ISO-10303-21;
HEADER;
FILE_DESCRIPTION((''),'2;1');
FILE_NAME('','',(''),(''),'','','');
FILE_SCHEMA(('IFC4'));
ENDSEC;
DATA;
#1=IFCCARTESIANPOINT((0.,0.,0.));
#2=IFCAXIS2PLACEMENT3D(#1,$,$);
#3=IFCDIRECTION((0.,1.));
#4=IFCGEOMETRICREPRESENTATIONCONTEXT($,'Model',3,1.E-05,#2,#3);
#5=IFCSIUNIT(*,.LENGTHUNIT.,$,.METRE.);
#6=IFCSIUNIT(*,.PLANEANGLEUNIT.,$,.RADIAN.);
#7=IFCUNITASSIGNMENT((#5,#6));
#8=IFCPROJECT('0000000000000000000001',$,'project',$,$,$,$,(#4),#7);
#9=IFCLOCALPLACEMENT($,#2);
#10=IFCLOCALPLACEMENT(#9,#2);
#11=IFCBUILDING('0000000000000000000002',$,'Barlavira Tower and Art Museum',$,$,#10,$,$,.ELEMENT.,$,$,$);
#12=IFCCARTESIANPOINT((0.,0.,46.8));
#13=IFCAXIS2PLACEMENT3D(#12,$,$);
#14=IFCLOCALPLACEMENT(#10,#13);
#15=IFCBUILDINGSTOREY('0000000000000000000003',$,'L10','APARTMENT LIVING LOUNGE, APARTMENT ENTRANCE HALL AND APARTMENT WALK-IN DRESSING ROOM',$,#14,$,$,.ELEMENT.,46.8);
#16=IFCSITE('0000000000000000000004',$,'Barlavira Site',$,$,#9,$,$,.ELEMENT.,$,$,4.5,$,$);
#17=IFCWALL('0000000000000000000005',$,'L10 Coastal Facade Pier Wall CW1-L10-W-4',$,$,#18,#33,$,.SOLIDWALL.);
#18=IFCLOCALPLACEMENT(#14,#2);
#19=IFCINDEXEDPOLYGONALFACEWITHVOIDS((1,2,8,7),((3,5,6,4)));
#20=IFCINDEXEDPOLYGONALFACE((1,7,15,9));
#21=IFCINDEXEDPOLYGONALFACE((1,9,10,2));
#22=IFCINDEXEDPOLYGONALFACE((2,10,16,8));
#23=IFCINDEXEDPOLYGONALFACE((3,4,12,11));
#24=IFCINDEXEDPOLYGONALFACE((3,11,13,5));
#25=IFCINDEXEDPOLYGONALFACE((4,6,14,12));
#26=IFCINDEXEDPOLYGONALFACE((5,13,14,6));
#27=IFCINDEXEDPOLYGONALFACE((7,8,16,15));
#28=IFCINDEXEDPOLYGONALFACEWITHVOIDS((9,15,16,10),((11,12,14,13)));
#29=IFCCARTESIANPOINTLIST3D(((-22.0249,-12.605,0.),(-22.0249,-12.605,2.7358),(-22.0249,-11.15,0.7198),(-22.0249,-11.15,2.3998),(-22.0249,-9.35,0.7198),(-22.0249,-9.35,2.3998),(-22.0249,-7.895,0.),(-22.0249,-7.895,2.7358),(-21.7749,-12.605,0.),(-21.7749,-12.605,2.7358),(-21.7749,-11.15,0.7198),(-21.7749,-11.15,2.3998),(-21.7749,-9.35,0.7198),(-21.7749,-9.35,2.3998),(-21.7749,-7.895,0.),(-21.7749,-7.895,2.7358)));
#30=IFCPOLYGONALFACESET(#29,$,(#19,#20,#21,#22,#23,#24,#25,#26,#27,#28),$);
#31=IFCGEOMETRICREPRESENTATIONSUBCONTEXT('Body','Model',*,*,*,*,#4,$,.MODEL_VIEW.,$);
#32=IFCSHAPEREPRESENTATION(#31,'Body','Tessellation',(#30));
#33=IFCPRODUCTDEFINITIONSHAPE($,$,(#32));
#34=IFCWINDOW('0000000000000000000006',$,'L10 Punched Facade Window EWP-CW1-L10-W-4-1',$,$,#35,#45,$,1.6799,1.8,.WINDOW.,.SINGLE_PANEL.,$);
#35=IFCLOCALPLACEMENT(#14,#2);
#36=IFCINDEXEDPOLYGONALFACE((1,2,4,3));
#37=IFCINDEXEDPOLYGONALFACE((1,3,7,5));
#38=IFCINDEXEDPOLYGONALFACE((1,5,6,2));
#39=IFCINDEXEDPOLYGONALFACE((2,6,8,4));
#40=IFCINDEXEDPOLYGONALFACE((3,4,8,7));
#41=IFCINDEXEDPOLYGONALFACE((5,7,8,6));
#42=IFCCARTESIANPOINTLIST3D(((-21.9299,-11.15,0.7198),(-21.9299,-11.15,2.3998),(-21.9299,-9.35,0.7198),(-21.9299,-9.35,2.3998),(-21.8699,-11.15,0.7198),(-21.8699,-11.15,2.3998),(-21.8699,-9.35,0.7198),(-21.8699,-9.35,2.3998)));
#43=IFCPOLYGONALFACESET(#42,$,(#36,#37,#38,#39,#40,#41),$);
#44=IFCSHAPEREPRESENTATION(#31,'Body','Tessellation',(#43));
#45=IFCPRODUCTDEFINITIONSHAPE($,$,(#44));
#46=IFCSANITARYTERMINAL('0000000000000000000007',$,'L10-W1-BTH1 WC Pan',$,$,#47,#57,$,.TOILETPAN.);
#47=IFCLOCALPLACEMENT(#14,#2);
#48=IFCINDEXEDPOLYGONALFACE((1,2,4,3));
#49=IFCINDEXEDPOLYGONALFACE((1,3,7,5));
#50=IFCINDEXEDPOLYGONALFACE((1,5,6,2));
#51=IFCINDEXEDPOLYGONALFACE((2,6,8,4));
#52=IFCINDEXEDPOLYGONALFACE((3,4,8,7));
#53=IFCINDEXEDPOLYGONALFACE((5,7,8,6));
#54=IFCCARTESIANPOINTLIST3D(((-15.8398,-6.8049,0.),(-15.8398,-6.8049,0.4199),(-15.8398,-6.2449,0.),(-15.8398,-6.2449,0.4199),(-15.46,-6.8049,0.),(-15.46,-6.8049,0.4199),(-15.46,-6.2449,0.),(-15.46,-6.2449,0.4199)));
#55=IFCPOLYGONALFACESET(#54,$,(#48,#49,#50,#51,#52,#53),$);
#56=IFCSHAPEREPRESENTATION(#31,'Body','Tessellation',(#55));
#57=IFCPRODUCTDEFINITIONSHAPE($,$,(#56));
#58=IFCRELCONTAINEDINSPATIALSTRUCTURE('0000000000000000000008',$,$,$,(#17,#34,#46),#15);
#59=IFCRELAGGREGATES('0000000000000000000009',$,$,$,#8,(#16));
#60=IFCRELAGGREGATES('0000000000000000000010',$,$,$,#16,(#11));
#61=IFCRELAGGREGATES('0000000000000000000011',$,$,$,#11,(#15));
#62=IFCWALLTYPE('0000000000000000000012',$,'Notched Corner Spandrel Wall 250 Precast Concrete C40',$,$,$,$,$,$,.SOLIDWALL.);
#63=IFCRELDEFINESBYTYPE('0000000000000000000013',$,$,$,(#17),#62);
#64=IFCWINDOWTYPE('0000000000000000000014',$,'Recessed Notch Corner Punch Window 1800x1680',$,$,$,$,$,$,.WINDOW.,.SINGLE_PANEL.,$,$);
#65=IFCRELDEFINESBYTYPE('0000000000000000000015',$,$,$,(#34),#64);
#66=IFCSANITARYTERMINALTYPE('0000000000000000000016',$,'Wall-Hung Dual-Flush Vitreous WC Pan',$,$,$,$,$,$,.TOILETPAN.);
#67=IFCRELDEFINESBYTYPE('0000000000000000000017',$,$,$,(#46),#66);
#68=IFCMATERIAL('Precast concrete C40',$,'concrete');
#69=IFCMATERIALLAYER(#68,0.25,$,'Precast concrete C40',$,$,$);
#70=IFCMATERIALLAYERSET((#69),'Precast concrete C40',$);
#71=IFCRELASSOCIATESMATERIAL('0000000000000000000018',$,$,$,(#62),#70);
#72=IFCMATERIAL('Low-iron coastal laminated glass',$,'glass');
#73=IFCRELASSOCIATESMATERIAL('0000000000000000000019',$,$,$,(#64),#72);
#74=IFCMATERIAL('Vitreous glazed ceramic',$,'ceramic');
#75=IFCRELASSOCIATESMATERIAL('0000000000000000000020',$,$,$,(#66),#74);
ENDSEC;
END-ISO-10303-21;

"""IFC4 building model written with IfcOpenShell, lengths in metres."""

from ifc_helpers import new_model, si_unit, direction, frame, frame_2d, origin, origin_2d, place, context, subcontext, project, spatial, rectangle, extrude, material, layer, layer_set, type_object, element, fill, save


model = new_model("IFC4")

# Units and contexts
model_context = context("Model", 3, precision=1e-05, world=origin(), true_north=direction((0.0, 1.0)))
body_context = subcontext(model_context, "Body", "Model", "MODEL_VIEW")
ifc_project = project(units=[si_unit("LENGTHUNIT", "METRE"), si_unit("PLANEANGLEUNIT", "RADIAN")], contexts=[model_context])

# Site, building, storey
site_placement = place(None, origin())
site = spatial("IfcSite", under=ifc_project, at=site_placement, Name="Barlavira Site", CompositionType="ELEMENT", RefElevation=4.5)
building_placement = place(site_placement, origin())
building = spatial("IfcBuilding", under=site, at=building_placement, Name="Barlavira Tower and Art Museum", CompositionType="ELEMENT")
storey_placement = place(building_placement, frame((0.0, 0.0, 46.8)))
storey = spatial("IfcBuildingStorey", under=building, at=storey_placement, Name="L10", Description="APARTMENT LIVING LOUNGE, APARTMENT ENTRANCE HALL AND APARTMENT WALK-IN DRESSING ROOM", CompositionType="ELEMENT", Elevation=46.8)

# Shared definitions
ifc_material_1 = material(Name="Low-iron coastal laminated glass", Category="glass")

# Wall, opening, window
ifc_material_2 = material(Name="Precast concrete C40", Category="concrete")
ifc_layer_1 = layer(ifc_material_2, 0.25, Name="Precast concrete C40")
ifc_layer_set_1 = layer_set([ifc_layer_1], Name="Precast concrete C40")
wall_type_1 = type_object("IfcWallType", Name="Notched Corner Spandrel Wall 250 Precast Concrete C40", PredefinedType="SOLIDWALL", material=ifc_layer_set_1)
wall_1_placement = place(storey_placement, frame((-21.8999, -7.895, 0.0), z_axis=(0.0, 0.0, 1.0), x_axis=(0.0, -1.0, 0.0)))
wall_1 = element("IfcWall", 1, at=wall_1_placement, inside=storey, type_object=wall_type_1, Name="L10 Coastal Facade Pier Wall CW1-L10-W-4", PredefinedType="SOLIDWALL", context=body_context, shape_type="SweptSolid", body=[
    extrude(rectangle(XDim=4.71, YDim=0.25, at=frame_2d((2.355, 0.0))), origin(), (0.0, 0.0, 1.0), 2.7358),
])
opening_1_placement = place(wall_1_placement, frame((1.4551, 0.0, 0.72)))
opening_1 = element("IfcOpeningElement", 2, at=opening_1_placement, cuts=wall_1, PredefinedType="OPENING", context=body_context, shape_type="SweptSolid", body=[
    extrude(rectangle(XDim=1.8, YDim=1.6799, at=frame_2d((0.8999, 0.8398))), frame((0.0, 0.135, 0.0), z_axis=(0.0, -1.0, 0.0), x_axis=(1.0, 0.0, 0.0)), (0.0, 0.0, 1.0), 0.27),
])
window_type = type_object("IfcWindowType", Name="Recessed Notch Corner Punch Window 1800x1680", PartitioningType="SINGLE_PANEL", PredefinedType="WINDOW", material=ifc_material_1)
window_placement = place(opening_1_placement, origin())
window = element("IfcWindow", 3, at=window_placement, inside=storey, type_object=window_type, Name="L10 Punched Facade Window EWP-CW1-L10-W-4-1", OverallHeight=1.6799, OverallWidth=1.8, PartitioningType="SINGLE_PANEL", PredefinedType="WINDOW", context=body_context, shape_type="SweptSolid", body=[
    extrude(rectangle(XDim=1.8, YDim=1.6799, at=frame_2d((0.8999, 0.8398))), frame((0.0, 0.03, 0.0), z_axis=(0.0, -1.0, 0.0), x_axis=(1.0, 0.0, 0.0)), (0.0, 0.0, 1.0), 0.0601),
])
fill(opening_1, window)

# Sanitary terminal
ifc_material_3 = material(Name="Vitreous glazed ceramic", Category="ceramic")
sanitary_terminal_type = type_object("IfcSanitaryTerminalType", Name="Wall-Hung Dual-Flush Vitreous WC Pan", PredefinedType="TOILETPAN", material=ifc_material_3)
sanitary_terminal_placement = place(storey_placement, frame((-15.6499, -6.5249, 0.0), z_axis=(0.0, 0.0, 1.0), x_axis=(1.0, 0.0, 0.0)))
element("IfcSanitaryTerminal", 4, at=sanitary_terminal_placement, inside=storey, type_object=sanitary_terminal_type, Name="L10-W1-BTH1 WC Pan", PredefinedType="TOILETPAN", context=body_context, shape_type="SweptSolid", body=[
    extrude(rectangle(XDim=0.3799, YDim=0.5601, at=origin_2d()), origin(), (0.0, 0.0, 1.0), 0.4199),
])

save(model, "model.ifc")
